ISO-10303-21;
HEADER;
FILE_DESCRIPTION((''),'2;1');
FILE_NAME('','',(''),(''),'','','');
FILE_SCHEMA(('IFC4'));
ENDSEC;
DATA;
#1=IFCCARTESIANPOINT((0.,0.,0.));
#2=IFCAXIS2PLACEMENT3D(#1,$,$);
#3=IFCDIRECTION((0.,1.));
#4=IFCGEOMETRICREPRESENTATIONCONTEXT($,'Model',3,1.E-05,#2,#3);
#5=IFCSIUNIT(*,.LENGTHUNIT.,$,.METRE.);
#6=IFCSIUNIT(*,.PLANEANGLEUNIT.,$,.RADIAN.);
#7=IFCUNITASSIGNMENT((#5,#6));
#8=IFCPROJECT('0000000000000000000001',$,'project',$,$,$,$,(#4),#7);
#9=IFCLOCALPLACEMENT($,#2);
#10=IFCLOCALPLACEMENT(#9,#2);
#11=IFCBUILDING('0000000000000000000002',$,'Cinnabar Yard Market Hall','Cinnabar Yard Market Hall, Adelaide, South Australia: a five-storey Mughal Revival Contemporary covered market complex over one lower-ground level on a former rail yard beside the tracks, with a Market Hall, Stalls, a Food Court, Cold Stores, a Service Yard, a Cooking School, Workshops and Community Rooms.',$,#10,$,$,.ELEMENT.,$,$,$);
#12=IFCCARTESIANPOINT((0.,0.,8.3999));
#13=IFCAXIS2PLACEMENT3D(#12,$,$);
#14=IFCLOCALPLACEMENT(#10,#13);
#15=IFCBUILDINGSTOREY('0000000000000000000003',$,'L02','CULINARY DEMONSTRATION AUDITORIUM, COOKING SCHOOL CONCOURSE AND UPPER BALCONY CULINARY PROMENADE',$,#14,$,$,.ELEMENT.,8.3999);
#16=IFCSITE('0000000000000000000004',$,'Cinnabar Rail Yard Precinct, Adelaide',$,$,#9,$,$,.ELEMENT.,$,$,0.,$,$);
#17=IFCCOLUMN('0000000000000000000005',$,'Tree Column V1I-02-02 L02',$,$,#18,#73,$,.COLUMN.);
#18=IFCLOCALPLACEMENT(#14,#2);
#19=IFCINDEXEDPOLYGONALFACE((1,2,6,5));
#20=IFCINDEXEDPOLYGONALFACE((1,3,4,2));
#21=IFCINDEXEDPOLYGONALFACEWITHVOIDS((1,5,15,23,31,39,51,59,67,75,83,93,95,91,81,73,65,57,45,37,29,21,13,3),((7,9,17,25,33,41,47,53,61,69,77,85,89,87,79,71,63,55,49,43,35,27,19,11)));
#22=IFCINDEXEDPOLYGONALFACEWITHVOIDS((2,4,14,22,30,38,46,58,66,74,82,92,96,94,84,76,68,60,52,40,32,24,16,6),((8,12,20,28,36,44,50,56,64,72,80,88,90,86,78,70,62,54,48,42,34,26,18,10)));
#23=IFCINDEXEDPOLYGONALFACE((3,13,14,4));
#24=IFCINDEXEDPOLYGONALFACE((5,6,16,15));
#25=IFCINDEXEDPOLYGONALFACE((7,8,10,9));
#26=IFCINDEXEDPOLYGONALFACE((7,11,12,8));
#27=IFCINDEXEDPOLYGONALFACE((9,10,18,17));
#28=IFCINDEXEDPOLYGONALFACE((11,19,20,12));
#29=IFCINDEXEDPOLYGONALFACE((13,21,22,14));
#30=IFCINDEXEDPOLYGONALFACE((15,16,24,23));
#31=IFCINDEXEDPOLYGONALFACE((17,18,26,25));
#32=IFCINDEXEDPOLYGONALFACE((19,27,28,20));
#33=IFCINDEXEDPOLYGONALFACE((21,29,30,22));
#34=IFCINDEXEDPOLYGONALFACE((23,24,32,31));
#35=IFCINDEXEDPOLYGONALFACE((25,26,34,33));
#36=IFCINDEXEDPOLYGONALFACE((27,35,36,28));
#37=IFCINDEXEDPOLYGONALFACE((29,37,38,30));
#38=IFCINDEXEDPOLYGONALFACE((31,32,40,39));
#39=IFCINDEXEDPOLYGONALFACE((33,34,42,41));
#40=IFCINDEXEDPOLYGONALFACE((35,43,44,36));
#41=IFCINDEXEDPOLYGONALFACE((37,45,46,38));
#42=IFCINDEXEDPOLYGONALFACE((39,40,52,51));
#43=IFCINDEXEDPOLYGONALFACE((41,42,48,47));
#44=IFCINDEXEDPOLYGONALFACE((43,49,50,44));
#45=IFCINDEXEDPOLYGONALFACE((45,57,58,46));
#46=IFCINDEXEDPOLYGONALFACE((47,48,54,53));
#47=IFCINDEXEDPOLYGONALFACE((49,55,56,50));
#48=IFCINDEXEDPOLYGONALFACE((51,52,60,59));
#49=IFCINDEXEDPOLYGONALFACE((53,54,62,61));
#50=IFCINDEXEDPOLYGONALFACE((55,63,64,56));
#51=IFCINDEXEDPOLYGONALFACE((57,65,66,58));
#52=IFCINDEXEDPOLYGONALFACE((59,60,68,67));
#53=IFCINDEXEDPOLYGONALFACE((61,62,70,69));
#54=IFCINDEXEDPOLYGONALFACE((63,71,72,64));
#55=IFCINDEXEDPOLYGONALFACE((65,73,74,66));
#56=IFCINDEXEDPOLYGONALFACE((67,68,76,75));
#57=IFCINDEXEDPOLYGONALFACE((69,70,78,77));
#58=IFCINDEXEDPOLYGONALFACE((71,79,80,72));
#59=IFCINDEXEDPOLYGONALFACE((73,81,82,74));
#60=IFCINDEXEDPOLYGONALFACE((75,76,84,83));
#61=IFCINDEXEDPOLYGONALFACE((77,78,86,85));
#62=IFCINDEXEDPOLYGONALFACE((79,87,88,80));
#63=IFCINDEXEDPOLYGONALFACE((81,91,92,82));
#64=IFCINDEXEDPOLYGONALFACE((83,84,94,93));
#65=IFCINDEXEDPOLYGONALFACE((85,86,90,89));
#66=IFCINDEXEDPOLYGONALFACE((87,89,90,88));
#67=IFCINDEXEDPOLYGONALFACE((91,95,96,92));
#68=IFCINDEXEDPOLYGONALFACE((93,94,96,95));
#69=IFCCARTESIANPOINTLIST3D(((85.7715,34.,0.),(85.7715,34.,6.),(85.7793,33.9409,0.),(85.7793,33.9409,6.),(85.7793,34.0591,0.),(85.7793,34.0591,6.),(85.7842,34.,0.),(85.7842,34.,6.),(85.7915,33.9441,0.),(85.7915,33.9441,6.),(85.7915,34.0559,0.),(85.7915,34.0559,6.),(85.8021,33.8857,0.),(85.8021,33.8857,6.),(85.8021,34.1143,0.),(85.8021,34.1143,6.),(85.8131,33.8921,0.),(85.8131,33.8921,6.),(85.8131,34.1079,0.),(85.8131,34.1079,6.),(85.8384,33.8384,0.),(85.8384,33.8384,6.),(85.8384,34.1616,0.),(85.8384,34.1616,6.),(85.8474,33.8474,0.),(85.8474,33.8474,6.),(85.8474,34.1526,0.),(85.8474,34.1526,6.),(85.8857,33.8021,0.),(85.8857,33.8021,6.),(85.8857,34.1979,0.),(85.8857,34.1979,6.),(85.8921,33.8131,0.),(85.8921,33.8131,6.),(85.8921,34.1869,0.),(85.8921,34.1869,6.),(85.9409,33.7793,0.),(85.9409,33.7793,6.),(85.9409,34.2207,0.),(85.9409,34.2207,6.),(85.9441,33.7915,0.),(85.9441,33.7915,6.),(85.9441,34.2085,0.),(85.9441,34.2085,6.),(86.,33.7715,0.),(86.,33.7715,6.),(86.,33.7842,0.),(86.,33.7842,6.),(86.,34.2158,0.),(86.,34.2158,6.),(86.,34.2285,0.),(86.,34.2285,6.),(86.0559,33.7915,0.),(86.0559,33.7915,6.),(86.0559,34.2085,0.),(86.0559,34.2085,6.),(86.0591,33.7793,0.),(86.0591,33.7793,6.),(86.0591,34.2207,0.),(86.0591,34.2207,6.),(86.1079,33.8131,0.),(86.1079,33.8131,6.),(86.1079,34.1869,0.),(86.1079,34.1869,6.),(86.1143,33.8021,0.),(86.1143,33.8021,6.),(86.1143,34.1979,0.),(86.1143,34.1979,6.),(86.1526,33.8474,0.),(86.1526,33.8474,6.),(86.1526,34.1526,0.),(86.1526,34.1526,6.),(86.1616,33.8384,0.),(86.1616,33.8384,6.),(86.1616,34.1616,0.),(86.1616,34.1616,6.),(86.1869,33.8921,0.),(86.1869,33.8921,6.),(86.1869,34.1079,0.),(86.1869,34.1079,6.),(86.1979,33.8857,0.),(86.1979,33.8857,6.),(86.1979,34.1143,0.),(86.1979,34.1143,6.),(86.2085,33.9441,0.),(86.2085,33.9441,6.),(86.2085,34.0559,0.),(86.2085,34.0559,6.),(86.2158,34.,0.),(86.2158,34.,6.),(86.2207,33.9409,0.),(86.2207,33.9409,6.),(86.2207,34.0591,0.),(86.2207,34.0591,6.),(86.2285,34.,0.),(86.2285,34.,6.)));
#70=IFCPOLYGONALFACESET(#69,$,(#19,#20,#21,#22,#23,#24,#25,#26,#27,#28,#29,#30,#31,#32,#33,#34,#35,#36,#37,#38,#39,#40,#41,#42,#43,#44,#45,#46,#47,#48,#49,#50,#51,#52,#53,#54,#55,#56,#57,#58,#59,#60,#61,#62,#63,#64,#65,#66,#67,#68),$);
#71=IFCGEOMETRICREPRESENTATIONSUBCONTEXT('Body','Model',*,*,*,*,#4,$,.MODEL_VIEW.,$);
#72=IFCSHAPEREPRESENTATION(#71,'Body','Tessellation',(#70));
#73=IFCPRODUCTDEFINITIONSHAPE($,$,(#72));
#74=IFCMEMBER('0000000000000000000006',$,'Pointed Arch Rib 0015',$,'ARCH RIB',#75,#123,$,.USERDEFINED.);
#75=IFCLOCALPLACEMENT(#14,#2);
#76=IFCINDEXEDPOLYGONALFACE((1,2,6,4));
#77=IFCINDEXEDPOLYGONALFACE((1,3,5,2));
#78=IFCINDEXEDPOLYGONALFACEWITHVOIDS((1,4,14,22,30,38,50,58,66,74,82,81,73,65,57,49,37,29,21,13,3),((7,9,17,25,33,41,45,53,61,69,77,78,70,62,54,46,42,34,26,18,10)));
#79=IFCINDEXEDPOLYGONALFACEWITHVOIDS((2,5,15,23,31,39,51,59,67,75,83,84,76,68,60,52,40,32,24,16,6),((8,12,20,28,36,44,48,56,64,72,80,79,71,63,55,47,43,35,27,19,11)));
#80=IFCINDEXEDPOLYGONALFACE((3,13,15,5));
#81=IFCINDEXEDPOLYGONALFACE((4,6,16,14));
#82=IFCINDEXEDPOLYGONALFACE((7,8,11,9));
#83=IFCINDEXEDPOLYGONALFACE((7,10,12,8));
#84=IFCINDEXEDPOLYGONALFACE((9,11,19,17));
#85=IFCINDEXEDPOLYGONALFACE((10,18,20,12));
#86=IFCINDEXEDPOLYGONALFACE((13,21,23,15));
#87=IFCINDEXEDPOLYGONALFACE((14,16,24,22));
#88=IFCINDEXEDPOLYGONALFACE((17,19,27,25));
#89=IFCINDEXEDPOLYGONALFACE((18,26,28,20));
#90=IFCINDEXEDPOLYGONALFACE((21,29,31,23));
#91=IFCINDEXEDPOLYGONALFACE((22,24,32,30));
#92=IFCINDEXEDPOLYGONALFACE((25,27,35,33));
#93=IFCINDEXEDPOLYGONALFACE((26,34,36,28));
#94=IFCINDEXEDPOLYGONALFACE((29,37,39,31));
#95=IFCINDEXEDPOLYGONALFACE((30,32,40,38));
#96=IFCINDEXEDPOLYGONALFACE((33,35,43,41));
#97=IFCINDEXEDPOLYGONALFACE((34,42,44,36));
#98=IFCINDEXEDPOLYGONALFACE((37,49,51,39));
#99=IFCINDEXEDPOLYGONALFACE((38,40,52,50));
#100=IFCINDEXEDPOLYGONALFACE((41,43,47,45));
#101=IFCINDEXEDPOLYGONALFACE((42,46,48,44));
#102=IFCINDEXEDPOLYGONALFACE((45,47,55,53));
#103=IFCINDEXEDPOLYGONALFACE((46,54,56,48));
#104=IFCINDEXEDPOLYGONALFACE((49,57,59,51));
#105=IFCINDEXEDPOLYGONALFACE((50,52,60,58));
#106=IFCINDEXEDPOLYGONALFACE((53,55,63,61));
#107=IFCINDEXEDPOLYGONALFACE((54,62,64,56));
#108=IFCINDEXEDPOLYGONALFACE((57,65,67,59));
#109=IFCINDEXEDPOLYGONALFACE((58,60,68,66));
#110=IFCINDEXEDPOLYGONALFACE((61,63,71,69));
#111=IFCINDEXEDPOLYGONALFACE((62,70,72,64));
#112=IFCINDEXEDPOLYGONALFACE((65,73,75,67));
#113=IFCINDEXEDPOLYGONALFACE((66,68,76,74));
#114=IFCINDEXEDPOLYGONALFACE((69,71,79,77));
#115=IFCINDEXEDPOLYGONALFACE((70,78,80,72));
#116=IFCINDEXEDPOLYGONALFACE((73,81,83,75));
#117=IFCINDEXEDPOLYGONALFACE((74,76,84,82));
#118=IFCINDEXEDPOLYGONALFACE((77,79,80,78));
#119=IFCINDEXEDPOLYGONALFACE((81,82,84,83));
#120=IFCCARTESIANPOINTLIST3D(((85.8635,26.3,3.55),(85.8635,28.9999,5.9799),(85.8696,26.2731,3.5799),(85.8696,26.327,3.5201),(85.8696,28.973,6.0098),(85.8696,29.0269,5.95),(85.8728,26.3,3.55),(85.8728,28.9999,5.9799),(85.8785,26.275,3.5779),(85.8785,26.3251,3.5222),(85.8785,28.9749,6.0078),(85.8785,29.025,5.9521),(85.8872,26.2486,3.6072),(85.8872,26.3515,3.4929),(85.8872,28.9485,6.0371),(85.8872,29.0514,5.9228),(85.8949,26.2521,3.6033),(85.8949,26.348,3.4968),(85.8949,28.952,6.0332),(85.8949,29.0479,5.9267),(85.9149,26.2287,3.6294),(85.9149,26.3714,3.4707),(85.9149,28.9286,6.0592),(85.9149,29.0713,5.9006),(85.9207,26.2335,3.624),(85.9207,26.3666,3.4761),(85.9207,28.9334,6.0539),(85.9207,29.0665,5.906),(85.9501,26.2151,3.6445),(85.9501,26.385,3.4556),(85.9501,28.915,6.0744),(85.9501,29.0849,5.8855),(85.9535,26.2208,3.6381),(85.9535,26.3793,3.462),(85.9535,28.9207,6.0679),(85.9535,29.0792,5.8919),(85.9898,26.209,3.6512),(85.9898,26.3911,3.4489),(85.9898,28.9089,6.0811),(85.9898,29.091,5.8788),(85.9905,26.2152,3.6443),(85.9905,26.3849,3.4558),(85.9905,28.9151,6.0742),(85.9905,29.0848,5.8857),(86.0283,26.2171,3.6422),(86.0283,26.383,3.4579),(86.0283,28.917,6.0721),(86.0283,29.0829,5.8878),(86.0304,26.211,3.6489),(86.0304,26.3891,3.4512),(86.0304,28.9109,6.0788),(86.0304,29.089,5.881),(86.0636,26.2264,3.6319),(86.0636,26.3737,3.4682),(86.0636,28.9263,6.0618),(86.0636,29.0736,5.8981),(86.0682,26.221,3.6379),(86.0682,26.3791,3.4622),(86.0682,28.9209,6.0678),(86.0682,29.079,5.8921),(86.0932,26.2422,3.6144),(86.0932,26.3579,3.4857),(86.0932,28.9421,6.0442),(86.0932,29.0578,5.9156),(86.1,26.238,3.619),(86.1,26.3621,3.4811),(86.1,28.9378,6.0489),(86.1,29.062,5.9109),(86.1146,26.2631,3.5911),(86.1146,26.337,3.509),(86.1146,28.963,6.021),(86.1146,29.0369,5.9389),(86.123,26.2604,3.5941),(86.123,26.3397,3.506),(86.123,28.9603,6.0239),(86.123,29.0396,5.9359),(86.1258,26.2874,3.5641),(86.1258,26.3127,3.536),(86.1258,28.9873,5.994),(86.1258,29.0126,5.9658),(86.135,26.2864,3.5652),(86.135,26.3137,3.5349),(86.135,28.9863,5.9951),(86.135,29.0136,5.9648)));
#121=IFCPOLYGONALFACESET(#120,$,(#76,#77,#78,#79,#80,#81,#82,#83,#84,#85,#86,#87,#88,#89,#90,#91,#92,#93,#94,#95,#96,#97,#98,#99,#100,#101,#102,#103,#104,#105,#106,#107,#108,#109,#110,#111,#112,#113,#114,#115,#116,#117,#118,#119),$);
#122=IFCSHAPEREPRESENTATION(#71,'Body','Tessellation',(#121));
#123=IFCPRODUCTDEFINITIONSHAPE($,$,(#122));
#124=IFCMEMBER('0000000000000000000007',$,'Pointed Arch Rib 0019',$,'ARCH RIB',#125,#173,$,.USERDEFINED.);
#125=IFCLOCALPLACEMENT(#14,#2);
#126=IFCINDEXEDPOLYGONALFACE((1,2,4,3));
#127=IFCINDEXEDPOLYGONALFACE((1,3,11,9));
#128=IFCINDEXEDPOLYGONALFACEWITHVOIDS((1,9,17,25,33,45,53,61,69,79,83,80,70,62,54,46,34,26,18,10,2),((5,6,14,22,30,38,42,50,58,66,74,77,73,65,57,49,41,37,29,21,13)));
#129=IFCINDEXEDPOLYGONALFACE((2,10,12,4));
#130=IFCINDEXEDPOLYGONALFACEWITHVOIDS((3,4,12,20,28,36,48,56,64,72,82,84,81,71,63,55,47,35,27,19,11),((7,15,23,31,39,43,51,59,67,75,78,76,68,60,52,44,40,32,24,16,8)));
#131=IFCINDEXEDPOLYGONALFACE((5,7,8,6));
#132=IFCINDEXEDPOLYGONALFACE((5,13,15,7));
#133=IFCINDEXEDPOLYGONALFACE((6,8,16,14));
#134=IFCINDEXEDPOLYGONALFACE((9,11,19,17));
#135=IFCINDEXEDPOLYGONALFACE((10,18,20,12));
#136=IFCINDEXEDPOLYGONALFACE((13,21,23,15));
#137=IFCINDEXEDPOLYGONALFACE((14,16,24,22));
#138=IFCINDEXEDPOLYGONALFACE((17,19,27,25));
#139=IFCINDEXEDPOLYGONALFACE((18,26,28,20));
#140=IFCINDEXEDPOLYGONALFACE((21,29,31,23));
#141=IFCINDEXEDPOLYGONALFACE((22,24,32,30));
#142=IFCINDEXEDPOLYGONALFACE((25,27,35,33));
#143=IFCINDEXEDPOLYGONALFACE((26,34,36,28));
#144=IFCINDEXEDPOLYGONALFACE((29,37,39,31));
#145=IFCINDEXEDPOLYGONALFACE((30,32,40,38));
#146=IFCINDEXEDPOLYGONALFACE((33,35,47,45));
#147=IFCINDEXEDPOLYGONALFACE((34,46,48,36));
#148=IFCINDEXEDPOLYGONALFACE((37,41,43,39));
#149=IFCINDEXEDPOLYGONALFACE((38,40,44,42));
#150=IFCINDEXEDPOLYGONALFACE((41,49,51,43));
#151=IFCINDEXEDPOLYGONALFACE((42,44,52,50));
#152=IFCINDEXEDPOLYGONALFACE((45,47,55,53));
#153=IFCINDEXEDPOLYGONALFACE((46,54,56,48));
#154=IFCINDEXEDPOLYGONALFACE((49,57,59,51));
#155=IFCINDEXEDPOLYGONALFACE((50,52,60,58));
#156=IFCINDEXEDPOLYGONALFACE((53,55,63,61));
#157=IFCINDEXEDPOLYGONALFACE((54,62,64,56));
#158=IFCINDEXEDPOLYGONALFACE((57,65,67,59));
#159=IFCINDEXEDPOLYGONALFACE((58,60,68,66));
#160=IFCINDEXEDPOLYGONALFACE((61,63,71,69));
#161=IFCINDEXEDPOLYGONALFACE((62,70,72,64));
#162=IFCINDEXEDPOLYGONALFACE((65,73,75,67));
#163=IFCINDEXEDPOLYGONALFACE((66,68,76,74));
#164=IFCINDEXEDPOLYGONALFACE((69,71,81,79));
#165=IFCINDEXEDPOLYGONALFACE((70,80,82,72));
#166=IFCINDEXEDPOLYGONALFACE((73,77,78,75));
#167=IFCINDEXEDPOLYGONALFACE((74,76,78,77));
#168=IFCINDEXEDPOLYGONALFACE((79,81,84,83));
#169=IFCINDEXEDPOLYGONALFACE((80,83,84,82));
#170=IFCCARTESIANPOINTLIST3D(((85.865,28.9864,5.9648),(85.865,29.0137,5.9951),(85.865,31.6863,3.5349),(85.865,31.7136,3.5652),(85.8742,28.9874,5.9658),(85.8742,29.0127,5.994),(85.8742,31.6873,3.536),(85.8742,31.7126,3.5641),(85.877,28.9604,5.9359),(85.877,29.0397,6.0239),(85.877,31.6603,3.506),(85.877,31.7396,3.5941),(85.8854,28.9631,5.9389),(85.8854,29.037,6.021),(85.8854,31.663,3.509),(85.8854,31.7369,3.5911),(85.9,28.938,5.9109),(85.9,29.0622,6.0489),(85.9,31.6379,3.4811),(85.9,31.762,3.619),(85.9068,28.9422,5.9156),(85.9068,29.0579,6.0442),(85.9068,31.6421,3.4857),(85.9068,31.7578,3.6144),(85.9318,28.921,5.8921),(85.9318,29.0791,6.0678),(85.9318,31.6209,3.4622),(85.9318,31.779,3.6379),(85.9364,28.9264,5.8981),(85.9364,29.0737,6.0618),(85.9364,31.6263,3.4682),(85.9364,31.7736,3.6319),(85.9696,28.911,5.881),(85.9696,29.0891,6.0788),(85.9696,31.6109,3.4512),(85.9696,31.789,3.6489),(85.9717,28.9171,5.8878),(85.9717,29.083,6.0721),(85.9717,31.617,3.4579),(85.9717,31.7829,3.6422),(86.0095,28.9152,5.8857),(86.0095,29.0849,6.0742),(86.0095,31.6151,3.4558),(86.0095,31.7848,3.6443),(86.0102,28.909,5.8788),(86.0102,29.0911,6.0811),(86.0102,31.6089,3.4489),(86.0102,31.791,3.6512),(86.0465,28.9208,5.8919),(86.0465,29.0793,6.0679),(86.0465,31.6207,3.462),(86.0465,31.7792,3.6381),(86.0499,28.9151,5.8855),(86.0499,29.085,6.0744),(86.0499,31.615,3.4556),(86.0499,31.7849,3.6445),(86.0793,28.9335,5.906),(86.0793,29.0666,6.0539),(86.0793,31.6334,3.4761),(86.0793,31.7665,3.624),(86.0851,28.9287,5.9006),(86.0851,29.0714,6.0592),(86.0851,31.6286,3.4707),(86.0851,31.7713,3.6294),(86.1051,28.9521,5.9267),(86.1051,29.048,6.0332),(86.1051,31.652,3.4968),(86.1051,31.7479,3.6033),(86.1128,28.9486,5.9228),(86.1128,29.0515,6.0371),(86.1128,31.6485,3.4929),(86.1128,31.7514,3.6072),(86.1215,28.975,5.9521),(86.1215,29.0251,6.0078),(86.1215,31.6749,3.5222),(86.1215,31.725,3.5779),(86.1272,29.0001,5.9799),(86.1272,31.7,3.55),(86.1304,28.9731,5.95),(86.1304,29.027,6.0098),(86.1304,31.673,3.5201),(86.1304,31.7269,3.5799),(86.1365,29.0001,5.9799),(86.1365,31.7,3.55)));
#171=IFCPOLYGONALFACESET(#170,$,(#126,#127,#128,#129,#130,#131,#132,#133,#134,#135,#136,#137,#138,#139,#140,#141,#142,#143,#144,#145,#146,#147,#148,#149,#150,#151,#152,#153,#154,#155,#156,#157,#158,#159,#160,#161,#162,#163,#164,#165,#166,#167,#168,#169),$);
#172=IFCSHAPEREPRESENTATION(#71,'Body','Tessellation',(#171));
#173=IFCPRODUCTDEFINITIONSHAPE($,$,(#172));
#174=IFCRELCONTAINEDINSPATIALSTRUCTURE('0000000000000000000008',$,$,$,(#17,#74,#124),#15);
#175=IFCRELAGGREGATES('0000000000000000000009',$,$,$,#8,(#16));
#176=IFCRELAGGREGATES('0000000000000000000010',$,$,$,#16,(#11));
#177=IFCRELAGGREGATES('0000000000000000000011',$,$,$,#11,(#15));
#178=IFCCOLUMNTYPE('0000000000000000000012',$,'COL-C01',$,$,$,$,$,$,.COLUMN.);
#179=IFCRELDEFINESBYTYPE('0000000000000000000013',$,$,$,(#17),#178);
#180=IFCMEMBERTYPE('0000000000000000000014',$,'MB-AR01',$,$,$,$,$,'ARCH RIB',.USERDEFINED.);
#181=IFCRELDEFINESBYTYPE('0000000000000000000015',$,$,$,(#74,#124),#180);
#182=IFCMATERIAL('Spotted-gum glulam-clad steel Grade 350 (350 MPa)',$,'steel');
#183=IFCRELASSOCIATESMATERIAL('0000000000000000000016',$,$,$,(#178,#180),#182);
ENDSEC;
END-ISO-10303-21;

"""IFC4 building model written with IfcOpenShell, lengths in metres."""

from ifc_helpers import new_model, si_unit, direction, frame, origin, origin_2d_with_axis, place, context, subcontext, project, spatial, hollow_circle, extrude, material, material_profile, profile_set, type_object, element, save


model = new_model("IFC4")

# Units and contexts
model_context = context("Model", 3, precision=1e-05, world=origin(), true_north=direction((0.0, 1.0)))
body_context = subcontext(model_context, "Body", "Model", "MODEL_VIEW")
ifc_project = project(units=[si_unit("LENGTHUNIT", "METRE"), si_unit("PLANEANGLEUNIT", "RADIAN")], contexts=[model_context])

# Site, building, storey
site_placement = place(None, origin())
site = spatial("IfcSite", under=ifc_project, at=site_placement, Name="Cinnabar Rail Yard Precinct, Adelaide", CompositionType="ELEMENT", RefElevation=0.0)
building_placement = place(site_placement, origin())
building = spatial("IfcBuilding", under=site, at=building_placement, Name="Cinnabar Yard Market Hall", Description="Cinnabar Yard Market Hall, Adelaide, South Australia: a five-storey Mughal Revival Contemporary covered market complex over one lower-ground level on a former rail yard beside the tracks, with a Market Hall, Stalls, a Food Court, Cold Stores, a Service Yard, a Cooking School, Workshops and Community Rooms.", CompositionType="ELEMENT")
storey_placement = place(building_placement, frame((0.0, 0.0, 8.3999)))
storey = spatial("IfcBuildingStorey", under=building, at=storey_placement, Name="L02", Description="CULINARY DEMONSTRATION AUDITORIUM, COOKING SCHOOL CONCOURSE AND UPPER BALCONY CULINARY PROMENADE", CompositionType="ELEMENT", Elevation=8.3999)

# Column
ifc_material_1 = material(Name="Spotted-gum glulam-clad steel Grade 350 (350 MPa)", Category="steel")
ifc_material_profile_1 = material_profile(ifc_material_1, hollow_circle(Radius=0.2285, WallThickness=0.0127, at=origin_2d_with_axis()), Name="457.0x12.7CHS")
ifc_profile_set_1 = profile_set([ifc_material_profile_1], Name="Spotted-gum glulam-clad steel Grade 350 (350 MPa)")
column_type = type_object("IfcColumnType", Name="COL-C01", PredefinedType="COLUMN", material=ifc_profile_set_1)
column_placement = place(storey_placement, frame((86.0, 34.0, 0.0), z_axis=(0.0, 0.0, 1.0), x_axis=(1.0, 0.0, 0.0)))
element("IfcColumn", 1, at=column_placement, inside=storey, type_object=column_type, Name="Tree Column V1I-02-02 L02", PredefinedType="COLUMN", context=body_context, shape_type="SweptSolid", body=[
    extrude(hollow_circle(Radius=0.2285, WallThickness=0.0127, at=origin_2d_with_axis()), origin(), (0.0, 0.0, 1.0), 6.0),
])

# Members
ifc_material_profile_2 = material_profile(ifc_material_1, hollow_circle(Radius=0.1365, WallThickness=0.0093, at=origin_2d_with_axis()), Name="273.1x9.3CHS")
ifc_profile_set_2 = profile_set([ifc_material_profile_2], Name="Spotted-gum glulam-clad steel Grade 350 (350 MPa)")
member_type_1 = type_object("IfcMemberType", Name="MB-AR01", ElementType="ARCH RIB", PredefinedType="USERDEFINED", material=ifc_profile_set_2)
for number, where, z_axis, x_axis, name in (
    (2, (86.0, 26.3, 3.55), (0.0, 0.743297, 0.668961), (-1.0, 0.0, 0.0), "Pointed Arch Rib 0015"),
    (3, (86.0, 31.7, 3.55), (0.0, -0.743297, 0.668961), (1.0, 0.0, 0.0), "Pointed Arch Rib 0019"),
):
    element("IfcMember", number, at=place(storey_placement, frame(where, z_axis=z_axis, x_axis=x_axis)), inside=storey, type_object=member_type_1, Name=name, ObjectType="ARCH RIB", PredefinedType="USERDEFINED", context=body_context, shape_type="SweptSolid", body=[
        extrude(hollow_circle(Radius=0.1365, WallThickness=0.0093, at=origin_2d_with_axis()), origin(), (0.0, 0.0, 1.0), 3.6323),
    ])

save(model, "model.ifc")
